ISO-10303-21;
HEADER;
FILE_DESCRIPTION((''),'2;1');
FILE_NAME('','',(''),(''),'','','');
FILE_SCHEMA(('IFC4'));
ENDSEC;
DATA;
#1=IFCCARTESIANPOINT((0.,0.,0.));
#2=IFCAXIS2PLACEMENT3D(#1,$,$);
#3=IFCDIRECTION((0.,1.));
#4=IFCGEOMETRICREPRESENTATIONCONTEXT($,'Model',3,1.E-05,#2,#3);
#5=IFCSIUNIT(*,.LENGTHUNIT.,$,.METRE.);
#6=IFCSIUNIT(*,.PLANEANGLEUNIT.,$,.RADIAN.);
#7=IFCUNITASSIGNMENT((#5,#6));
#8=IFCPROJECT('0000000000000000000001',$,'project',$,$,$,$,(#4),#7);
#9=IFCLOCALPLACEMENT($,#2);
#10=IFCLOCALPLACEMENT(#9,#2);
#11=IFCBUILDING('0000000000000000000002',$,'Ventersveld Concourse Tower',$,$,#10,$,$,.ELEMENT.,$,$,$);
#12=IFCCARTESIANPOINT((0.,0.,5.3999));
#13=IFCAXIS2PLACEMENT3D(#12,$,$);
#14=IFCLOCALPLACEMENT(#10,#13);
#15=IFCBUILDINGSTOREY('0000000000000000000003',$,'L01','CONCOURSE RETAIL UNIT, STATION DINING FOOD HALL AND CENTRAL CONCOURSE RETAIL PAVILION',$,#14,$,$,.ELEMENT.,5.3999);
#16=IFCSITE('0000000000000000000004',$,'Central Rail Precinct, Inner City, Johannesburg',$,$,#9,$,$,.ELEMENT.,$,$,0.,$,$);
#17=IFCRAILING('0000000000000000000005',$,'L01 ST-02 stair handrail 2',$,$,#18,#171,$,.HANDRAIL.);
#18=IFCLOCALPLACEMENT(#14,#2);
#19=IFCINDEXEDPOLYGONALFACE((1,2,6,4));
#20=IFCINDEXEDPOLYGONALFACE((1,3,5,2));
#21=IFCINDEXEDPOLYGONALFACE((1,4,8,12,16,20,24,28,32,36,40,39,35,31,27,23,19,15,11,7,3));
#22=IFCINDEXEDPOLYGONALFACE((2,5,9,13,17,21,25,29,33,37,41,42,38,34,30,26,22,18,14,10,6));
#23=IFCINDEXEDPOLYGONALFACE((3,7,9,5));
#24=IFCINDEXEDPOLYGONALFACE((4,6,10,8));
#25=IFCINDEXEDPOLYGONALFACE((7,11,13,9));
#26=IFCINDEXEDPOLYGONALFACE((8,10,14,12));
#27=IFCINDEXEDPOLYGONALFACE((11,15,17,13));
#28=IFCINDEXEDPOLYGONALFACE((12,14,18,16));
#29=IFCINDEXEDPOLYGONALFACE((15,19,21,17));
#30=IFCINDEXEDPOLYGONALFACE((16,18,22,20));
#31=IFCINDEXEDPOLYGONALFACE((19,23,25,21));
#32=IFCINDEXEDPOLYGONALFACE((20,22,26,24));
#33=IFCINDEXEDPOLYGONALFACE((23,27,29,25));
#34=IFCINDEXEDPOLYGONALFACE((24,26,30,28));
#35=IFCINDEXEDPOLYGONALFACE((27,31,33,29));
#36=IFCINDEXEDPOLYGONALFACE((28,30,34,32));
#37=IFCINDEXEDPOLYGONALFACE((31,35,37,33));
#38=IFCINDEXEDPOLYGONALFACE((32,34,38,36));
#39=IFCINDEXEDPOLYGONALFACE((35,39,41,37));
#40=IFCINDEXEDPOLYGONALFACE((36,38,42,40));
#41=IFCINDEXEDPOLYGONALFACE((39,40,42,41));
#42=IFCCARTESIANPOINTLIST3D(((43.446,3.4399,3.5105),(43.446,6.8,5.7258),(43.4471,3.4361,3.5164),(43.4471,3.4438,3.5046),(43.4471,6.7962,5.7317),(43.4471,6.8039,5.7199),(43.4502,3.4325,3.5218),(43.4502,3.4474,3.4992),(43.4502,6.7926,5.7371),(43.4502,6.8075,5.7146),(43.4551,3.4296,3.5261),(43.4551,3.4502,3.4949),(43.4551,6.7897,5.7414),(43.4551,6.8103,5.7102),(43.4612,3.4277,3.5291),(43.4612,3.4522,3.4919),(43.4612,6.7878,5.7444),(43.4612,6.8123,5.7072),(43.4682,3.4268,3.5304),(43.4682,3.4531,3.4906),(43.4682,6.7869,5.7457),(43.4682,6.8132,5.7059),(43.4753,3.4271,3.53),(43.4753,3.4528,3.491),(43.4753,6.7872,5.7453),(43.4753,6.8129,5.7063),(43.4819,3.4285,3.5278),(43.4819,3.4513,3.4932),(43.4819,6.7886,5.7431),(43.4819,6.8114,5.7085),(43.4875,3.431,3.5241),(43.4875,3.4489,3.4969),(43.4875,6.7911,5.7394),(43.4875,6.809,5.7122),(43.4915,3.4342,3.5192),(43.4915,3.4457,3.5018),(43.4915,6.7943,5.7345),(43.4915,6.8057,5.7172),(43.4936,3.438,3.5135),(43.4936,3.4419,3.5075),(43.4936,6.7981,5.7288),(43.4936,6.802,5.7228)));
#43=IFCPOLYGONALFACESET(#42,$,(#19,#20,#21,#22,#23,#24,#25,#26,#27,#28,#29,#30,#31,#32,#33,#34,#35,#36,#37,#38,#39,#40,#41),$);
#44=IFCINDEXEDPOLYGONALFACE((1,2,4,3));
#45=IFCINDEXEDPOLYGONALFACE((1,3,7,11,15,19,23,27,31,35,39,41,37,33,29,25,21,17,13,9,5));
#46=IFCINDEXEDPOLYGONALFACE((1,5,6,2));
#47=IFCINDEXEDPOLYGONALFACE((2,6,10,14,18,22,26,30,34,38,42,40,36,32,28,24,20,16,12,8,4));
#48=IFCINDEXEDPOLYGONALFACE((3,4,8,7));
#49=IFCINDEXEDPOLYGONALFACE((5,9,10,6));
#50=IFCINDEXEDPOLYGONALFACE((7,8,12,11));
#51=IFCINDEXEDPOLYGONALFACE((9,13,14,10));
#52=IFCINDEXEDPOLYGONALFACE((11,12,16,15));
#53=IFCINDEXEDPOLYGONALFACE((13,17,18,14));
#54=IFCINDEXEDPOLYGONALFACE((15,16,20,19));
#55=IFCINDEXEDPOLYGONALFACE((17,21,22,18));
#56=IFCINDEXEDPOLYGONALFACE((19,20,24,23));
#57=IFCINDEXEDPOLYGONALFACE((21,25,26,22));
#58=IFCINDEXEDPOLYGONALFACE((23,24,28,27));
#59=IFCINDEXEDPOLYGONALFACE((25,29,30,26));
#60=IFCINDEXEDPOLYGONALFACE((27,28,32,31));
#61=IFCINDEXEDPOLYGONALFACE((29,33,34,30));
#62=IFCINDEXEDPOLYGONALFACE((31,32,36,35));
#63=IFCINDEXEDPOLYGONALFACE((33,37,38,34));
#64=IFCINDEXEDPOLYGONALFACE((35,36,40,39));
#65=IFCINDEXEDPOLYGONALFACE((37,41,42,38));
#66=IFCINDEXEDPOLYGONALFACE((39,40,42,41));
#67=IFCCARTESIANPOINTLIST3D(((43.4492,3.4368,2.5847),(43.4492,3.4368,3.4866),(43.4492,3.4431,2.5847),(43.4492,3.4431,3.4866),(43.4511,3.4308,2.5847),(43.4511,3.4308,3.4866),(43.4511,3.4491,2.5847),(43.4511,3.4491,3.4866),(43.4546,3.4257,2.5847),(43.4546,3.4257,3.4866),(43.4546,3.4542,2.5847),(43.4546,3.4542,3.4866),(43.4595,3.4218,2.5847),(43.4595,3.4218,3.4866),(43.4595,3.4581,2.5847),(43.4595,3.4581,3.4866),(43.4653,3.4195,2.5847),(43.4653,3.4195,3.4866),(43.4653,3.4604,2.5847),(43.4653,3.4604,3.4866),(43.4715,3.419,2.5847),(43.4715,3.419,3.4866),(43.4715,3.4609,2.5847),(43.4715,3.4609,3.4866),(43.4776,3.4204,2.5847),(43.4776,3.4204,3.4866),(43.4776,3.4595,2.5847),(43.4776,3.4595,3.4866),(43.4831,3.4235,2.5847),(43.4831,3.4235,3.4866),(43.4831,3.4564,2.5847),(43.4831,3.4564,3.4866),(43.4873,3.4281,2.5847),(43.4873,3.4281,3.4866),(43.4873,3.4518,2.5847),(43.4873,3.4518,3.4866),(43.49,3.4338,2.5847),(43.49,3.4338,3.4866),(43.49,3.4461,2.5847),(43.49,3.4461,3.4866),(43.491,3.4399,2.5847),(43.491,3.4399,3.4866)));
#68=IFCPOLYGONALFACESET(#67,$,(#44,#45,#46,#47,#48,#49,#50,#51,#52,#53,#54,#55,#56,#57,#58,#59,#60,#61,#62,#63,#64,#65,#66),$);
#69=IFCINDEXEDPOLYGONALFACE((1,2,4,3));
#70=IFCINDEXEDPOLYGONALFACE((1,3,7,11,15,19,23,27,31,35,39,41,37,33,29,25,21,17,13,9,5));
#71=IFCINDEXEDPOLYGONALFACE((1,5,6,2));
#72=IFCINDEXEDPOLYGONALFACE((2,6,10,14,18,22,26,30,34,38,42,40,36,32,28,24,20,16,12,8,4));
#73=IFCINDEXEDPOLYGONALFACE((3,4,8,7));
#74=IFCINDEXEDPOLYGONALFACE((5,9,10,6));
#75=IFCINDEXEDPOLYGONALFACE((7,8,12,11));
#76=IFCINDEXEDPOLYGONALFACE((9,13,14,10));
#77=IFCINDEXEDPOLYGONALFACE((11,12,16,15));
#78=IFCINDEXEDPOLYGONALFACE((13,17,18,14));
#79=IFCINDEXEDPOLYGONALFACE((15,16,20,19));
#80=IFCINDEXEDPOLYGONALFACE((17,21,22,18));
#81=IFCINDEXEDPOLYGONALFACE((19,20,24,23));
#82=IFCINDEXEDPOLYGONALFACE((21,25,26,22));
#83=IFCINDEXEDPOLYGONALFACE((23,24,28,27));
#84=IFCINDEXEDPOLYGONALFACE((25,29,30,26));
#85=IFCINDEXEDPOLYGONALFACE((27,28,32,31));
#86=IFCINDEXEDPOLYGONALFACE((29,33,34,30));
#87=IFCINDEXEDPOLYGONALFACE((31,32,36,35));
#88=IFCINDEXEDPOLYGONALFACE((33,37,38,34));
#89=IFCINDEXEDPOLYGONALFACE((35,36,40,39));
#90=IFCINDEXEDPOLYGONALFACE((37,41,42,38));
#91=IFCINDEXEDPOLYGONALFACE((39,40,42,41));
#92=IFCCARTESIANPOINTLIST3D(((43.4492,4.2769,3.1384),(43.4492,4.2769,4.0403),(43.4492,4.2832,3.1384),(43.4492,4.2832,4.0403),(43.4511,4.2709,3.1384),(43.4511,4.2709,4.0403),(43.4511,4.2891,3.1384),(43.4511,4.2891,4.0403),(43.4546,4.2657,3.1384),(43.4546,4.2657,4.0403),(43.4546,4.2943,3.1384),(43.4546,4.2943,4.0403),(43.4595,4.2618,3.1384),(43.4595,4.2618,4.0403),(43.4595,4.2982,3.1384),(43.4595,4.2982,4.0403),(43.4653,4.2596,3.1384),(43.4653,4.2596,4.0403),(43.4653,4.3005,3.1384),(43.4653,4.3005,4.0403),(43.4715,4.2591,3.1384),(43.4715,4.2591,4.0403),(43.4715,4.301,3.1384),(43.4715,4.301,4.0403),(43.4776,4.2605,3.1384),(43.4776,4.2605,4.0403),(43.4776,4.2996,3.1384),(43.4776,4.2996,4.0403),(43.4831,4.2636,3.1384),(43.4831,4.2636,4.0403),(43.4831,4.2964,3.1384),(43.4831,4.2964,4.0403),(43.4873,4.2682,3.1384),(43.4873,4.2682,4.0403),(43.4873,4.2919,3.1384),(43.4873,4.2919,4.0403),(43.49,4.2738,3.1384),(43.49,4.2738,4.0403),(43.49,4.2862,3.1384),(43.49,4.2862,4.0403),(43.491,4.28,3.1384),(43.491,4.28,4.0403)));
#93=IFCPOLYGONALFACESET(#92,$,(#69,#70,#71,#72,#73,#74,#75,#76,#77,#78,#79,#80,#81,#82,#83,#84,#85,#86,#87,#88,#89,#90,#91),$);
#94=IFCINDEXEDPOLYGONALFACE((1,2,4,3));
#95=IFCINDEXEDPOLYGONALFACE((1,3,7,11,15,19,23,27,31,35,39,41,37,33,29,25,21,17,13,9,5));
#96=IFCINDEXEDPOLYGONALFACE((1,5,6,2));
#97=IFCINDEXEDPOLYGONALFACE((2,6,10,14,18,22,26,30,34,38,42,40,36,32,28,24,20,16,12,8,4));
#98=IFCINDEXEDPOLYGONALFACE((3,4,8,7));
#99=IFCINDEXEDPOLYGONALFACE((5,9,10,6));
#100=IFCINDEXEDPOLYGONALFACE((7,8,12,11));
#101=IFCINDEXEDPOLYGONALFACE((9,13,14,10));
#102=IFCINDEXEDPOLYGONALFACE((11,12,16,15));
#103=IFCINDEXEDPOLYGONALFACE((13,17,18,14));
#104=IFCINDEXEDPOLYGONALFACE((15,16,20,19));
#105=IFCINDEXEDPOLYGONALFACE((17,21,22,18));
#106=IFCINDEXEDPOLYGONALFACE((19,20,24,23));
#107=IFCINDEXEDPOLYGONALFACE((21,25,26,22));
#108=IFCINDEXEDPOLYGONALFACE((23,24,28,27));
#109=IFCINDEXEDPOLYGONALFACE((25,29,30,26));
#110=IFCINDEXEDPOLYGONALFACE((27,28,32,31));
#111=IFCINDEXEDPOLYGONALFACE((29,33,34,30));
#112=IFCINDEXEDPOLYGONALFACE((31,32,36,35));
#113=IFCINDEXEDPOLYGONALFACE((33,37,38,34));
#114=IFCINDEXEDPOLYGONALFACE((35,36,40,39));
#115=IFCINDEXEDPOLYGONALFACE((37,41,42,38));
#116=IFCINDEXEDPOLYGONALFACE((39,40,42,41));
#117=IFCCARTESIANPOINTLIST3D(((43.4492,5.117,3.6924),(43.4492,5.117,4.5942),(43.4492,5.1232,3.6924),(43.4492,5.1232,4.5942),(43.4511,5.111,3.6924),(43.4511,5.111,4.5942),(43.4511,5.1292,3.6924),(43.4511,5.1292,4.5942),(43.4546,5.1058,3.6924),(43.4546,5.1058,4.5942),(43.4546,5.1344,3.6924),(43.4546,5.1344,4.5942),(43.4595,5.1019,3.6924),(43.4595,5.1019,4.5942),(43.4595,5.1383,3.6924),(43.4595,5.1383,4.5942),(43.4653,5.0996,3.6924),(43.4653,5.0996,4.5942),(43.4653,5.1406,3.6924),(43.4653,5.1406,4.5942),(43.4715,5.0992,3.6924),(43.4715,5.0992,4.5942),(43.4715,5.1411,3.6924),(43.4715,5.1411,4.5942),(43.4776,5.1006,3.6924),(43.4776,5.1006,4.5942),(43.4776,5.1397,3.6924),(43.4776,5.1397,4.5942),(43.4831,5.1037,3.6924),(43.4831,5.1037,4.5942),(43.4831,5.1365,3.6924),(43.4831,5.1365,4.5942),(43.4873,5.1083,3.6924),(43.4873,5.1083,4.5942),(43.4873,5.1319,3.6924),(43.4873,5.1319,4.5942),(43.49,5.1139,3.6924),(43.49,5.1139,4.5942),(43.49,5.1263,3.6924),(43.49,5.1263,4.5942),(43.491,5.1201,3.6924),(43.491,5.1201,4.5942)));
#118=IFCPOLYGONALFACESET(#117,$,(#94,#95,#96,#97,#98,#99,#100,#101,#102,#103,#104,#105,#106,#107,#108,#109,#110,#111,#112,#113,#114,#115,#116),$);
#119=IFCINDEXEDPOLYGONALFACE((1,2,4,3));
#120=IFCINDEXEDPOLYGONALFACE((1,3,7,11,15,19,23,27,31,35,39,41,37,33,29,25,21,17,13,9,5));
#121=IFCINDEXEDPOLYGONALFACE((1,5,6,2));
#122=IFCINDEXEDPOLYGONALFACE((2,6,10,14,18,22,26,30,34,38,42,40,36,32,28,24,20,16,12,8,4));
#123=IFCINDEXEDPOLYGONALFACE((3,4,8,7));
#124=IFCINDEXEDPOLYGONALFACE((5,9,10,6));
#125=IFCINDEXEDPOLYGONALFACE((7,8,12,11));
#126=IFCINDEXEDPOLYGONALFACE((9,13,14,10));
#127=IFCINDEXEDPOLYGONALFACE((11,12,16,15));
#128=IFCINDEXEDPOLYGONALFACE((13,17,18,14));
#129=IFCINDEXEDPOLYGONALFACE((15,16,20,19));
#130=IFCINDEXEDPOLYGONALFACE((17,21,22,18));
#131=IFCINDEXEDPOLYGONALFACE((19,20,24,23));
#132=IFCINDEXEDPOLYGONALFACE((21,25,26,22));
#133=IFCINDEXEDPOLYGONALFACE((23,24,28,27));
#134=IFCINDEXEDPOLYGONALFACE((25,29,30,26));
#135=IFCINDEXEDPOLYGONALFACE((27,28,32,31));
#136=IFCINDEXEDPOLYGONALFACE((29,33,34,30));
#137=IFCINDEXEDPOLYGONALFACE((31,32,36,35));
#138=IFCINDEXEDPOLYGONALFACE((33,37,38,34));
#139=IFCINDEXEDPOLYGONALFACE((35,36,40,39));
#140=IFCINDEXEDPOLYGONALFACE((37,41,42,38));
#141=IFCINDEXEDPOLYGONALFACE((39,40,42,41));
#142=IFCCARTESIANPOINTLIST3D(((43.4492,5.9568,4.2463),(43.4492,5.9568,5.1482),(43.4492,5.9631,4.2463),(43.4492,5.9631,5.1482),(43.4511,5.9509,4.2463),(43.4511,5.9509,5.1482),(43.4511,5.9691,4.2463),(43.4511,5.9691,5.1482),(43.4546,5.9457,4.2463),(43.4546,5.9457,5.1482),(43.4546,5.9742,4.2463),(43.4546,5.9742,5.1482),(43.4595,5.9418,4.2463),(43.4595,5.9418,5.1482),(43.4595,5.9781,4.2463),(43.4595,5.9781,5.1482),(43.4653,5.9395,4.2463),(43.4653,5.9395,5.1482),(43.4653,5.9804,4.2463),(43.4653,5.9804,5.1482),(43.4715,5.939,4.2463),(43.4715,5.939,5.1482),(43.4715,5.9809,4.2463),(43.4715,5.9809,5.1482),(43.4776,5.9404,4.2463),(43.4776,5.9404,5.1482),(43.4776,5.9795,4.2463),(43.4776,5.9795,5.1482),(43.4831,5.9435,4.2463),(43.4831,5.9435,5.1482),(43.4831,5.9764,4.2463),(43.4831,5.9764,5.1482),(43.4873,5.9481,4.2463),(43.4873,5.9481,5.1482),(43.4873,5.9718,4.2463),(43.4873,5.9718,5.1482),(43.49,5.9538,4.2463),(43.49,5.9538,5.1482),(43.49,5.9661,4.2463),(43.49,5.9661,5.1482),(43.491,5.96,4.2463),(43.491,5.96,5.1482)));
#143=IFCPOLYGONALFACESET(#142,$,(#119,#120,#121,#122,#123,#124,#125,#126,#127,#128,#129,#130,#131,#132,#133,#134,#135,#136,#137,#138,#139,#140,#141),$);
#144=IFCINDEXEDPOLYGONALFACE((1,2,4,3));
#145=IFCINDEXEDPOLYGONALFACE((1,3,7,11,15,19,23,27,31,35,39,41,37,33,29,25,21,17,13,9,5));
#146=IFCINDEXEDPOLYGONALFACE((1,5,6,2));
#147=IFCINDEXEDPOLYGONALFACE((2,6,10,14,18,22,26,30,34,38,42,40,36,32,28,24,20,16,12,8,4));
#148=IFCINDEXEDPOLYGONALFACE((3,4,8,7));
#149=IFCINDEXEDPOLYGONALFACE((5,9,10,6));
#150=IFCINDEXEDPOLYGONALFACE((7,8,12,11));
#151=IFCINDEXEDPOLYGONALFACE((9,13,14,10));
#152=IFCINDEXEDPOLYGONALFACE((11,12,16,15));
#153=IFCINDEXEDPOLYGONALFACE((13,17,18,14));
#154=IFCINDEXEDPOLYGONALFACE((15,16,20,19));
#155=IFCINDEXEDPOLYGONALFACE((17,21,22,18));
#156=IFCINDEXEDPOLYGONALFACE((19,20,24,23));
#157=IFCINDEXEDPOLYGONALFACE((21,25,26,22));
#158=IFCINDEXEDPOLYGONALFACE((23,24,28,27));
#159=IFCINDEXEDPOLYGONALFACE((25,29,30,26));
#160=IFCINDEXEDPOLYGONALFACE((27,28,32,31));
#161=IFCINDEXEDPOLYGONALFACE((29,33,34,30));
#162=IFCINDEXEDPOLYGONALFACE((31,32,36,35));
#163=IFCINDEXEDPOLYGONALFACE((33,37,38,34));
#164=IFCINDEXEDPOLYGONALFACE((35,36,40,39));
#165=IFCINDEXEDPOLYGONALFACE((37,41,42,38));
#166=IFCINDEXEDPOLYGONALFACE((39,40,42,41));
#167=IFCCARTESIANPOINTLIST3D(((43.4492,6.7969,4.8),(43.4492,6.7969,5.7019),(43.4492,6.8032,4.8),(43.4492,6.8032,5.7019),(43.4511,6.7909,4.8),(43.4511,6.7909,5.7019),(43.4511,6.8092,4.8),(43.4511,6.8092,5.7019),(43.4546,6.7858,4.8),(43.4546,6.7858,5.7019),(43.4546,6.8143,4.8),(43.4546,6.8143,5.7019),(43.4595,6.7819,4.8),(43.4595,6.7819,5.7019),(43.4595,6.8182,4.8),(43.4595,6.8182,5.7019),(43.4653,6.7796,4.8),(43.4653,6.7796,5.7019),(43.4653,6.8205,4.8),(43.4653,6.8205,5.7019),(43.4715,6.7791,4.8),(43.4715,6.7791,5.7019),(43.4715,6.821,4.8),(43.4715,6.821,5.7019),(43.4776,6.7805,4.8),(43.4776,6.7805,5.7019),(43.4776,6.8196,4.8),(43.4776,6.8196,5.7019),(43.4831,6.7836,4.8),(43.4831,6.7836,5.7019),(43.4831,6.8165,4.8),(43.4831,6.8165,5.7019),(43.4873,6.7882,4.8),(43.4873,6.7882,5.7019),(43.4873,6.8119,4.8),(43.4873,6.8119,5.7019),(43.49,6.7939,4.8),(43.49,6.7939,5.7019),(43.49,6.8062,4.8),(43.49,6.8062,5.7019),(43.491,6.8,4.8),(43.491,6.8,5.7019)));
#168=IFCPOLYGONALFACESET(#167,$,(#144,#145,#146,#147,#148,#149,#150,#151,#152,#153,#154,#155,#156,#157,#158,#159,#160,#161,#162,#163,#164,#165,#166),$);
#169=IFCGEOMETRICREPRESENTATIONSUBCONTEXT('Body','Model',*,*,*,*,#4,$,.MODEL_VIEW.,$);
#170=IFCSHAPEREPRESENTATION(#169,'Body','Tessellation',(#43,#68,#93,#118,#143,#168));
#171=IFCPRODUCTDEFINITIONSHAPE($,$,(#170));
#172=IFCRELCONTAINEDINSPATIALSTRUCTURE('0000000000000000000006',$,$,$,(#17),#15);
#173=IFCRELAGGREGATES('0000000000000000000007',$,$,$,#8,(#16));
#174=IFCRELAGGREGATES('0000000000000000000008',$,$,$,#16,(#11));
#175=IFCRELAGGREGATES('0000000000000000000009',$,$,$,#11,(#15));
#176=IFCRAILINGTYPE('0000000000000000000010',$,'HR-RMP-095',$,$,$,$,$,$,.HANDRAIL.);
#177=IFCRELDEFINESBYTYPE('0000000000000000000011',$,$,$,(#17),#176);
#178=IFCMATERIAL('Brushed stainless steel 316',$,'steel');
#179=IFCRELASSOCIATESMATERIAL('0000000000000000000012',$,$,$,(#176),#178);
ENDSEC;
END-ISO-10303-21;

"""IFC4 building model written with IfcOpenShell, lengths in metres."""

from ifc_helpers import new_model, si_unit, direction, frame, origin, origin_2d, place, context, subcontext, project, spatial, circle, extrude, material, type_object, element, save


model = new_model("IFC4")

# Units and contexts
model_context = context("Model", 3, precision=1e-05, world=origin(), true_north=direction((0.0, 1.0)))
body_context = subcontext(model_context, "Body", "Model", "MODEL_VIEW")
ifc_project = project(units=[si_unit("LENGTHUNIT", "METRE"), si_unit("PLANEANGLEUNIT", "RADIAN")], contexts=[model_context])

# Site, building, storey
site_placement = place(None, origin())
site = spatial("IfcSite", under=ifc_project, at=site_placement, Name="Central Rail Precinct, Inner City, Johannesburg", CompositionType="ELEMENT", RefElevation=0.0)
building_placement = place(site_placement, origin())
building = spatial("IfcBuilding", under=site, at=building_placement, Name="Ventersveld Concourse Tower", CompositionType="ELEMENT")
storey_placement = place(building_placement, frame((0.0, 0.0, 5.3999)))
storey = spatial("IfcBuildingStorey", under=building, at=storey_placement, Name="L01", Description="CONCOURSE RETAIL UNIT, STATION DINING FOOD HALL AND CENTRAL CONCOURSE RETAIL PAVILION", CompositionType="ELEMENT", Elevation=5.3999)

# Railing
ifc_material_1 = material(Name="Brushed stainless steel 316", Category="steel")
railing_type_1 = type_object("IfcRailingType", Name="HR-RMP-095", PredefinedType="HANDRAIL", material=ifc_material_1)
railing_1_placement = place(storey_placement, frame((43.47, 3.4399, 2.5847)))
element("IfcRailing", 1, at=railing_1_placement, inside=storey, type_object=railing_type_1, Name="L01 ST-02 stair handrail 2", PredefinedType="HANDRAIL", context=body_context, shape_type="SweptSolid", body=[
    extrude(circle(Radius=0.0239, at=origin_2d()), frame((0.0, 0.0, 0.9258), z_axis=(0.0, 0.834876, 0.550437), x_axis=(-1.0, 0.0, 0.0)), (0.0, 0.0, 1.0), 4.0247),
    extrude(circle(Radius=0.021, at=origin_2d()), origin(), (0.0, 0.0, 1.0), 0.9019),
    extrude(circle(Radius=0.021, at=origin_2d()), frame((0.0, 0.8401, 0.5537)), (0.0, 0.0, 1.0), 0.9019),
    extrude(circle(Radius=0.021, at=origin_2d()), frame((0.0, 1.6802, 1.1077)), (0.0, 0.0, 1.0), 0.9019),
    extrude(circle(Radius=0.021, at=origin_2d()), frame((0.0, 2.52, 1.6616)), (0.0, 0.0, 1.0), 0.9019),
    extrude(circle(Radius=0.021, at=origin_2d()), frame((0.0, 3.3601, 2.2153)), (0.0, 0.0, 1.0), 0.9019),
])

save(model, "model.ifc")
